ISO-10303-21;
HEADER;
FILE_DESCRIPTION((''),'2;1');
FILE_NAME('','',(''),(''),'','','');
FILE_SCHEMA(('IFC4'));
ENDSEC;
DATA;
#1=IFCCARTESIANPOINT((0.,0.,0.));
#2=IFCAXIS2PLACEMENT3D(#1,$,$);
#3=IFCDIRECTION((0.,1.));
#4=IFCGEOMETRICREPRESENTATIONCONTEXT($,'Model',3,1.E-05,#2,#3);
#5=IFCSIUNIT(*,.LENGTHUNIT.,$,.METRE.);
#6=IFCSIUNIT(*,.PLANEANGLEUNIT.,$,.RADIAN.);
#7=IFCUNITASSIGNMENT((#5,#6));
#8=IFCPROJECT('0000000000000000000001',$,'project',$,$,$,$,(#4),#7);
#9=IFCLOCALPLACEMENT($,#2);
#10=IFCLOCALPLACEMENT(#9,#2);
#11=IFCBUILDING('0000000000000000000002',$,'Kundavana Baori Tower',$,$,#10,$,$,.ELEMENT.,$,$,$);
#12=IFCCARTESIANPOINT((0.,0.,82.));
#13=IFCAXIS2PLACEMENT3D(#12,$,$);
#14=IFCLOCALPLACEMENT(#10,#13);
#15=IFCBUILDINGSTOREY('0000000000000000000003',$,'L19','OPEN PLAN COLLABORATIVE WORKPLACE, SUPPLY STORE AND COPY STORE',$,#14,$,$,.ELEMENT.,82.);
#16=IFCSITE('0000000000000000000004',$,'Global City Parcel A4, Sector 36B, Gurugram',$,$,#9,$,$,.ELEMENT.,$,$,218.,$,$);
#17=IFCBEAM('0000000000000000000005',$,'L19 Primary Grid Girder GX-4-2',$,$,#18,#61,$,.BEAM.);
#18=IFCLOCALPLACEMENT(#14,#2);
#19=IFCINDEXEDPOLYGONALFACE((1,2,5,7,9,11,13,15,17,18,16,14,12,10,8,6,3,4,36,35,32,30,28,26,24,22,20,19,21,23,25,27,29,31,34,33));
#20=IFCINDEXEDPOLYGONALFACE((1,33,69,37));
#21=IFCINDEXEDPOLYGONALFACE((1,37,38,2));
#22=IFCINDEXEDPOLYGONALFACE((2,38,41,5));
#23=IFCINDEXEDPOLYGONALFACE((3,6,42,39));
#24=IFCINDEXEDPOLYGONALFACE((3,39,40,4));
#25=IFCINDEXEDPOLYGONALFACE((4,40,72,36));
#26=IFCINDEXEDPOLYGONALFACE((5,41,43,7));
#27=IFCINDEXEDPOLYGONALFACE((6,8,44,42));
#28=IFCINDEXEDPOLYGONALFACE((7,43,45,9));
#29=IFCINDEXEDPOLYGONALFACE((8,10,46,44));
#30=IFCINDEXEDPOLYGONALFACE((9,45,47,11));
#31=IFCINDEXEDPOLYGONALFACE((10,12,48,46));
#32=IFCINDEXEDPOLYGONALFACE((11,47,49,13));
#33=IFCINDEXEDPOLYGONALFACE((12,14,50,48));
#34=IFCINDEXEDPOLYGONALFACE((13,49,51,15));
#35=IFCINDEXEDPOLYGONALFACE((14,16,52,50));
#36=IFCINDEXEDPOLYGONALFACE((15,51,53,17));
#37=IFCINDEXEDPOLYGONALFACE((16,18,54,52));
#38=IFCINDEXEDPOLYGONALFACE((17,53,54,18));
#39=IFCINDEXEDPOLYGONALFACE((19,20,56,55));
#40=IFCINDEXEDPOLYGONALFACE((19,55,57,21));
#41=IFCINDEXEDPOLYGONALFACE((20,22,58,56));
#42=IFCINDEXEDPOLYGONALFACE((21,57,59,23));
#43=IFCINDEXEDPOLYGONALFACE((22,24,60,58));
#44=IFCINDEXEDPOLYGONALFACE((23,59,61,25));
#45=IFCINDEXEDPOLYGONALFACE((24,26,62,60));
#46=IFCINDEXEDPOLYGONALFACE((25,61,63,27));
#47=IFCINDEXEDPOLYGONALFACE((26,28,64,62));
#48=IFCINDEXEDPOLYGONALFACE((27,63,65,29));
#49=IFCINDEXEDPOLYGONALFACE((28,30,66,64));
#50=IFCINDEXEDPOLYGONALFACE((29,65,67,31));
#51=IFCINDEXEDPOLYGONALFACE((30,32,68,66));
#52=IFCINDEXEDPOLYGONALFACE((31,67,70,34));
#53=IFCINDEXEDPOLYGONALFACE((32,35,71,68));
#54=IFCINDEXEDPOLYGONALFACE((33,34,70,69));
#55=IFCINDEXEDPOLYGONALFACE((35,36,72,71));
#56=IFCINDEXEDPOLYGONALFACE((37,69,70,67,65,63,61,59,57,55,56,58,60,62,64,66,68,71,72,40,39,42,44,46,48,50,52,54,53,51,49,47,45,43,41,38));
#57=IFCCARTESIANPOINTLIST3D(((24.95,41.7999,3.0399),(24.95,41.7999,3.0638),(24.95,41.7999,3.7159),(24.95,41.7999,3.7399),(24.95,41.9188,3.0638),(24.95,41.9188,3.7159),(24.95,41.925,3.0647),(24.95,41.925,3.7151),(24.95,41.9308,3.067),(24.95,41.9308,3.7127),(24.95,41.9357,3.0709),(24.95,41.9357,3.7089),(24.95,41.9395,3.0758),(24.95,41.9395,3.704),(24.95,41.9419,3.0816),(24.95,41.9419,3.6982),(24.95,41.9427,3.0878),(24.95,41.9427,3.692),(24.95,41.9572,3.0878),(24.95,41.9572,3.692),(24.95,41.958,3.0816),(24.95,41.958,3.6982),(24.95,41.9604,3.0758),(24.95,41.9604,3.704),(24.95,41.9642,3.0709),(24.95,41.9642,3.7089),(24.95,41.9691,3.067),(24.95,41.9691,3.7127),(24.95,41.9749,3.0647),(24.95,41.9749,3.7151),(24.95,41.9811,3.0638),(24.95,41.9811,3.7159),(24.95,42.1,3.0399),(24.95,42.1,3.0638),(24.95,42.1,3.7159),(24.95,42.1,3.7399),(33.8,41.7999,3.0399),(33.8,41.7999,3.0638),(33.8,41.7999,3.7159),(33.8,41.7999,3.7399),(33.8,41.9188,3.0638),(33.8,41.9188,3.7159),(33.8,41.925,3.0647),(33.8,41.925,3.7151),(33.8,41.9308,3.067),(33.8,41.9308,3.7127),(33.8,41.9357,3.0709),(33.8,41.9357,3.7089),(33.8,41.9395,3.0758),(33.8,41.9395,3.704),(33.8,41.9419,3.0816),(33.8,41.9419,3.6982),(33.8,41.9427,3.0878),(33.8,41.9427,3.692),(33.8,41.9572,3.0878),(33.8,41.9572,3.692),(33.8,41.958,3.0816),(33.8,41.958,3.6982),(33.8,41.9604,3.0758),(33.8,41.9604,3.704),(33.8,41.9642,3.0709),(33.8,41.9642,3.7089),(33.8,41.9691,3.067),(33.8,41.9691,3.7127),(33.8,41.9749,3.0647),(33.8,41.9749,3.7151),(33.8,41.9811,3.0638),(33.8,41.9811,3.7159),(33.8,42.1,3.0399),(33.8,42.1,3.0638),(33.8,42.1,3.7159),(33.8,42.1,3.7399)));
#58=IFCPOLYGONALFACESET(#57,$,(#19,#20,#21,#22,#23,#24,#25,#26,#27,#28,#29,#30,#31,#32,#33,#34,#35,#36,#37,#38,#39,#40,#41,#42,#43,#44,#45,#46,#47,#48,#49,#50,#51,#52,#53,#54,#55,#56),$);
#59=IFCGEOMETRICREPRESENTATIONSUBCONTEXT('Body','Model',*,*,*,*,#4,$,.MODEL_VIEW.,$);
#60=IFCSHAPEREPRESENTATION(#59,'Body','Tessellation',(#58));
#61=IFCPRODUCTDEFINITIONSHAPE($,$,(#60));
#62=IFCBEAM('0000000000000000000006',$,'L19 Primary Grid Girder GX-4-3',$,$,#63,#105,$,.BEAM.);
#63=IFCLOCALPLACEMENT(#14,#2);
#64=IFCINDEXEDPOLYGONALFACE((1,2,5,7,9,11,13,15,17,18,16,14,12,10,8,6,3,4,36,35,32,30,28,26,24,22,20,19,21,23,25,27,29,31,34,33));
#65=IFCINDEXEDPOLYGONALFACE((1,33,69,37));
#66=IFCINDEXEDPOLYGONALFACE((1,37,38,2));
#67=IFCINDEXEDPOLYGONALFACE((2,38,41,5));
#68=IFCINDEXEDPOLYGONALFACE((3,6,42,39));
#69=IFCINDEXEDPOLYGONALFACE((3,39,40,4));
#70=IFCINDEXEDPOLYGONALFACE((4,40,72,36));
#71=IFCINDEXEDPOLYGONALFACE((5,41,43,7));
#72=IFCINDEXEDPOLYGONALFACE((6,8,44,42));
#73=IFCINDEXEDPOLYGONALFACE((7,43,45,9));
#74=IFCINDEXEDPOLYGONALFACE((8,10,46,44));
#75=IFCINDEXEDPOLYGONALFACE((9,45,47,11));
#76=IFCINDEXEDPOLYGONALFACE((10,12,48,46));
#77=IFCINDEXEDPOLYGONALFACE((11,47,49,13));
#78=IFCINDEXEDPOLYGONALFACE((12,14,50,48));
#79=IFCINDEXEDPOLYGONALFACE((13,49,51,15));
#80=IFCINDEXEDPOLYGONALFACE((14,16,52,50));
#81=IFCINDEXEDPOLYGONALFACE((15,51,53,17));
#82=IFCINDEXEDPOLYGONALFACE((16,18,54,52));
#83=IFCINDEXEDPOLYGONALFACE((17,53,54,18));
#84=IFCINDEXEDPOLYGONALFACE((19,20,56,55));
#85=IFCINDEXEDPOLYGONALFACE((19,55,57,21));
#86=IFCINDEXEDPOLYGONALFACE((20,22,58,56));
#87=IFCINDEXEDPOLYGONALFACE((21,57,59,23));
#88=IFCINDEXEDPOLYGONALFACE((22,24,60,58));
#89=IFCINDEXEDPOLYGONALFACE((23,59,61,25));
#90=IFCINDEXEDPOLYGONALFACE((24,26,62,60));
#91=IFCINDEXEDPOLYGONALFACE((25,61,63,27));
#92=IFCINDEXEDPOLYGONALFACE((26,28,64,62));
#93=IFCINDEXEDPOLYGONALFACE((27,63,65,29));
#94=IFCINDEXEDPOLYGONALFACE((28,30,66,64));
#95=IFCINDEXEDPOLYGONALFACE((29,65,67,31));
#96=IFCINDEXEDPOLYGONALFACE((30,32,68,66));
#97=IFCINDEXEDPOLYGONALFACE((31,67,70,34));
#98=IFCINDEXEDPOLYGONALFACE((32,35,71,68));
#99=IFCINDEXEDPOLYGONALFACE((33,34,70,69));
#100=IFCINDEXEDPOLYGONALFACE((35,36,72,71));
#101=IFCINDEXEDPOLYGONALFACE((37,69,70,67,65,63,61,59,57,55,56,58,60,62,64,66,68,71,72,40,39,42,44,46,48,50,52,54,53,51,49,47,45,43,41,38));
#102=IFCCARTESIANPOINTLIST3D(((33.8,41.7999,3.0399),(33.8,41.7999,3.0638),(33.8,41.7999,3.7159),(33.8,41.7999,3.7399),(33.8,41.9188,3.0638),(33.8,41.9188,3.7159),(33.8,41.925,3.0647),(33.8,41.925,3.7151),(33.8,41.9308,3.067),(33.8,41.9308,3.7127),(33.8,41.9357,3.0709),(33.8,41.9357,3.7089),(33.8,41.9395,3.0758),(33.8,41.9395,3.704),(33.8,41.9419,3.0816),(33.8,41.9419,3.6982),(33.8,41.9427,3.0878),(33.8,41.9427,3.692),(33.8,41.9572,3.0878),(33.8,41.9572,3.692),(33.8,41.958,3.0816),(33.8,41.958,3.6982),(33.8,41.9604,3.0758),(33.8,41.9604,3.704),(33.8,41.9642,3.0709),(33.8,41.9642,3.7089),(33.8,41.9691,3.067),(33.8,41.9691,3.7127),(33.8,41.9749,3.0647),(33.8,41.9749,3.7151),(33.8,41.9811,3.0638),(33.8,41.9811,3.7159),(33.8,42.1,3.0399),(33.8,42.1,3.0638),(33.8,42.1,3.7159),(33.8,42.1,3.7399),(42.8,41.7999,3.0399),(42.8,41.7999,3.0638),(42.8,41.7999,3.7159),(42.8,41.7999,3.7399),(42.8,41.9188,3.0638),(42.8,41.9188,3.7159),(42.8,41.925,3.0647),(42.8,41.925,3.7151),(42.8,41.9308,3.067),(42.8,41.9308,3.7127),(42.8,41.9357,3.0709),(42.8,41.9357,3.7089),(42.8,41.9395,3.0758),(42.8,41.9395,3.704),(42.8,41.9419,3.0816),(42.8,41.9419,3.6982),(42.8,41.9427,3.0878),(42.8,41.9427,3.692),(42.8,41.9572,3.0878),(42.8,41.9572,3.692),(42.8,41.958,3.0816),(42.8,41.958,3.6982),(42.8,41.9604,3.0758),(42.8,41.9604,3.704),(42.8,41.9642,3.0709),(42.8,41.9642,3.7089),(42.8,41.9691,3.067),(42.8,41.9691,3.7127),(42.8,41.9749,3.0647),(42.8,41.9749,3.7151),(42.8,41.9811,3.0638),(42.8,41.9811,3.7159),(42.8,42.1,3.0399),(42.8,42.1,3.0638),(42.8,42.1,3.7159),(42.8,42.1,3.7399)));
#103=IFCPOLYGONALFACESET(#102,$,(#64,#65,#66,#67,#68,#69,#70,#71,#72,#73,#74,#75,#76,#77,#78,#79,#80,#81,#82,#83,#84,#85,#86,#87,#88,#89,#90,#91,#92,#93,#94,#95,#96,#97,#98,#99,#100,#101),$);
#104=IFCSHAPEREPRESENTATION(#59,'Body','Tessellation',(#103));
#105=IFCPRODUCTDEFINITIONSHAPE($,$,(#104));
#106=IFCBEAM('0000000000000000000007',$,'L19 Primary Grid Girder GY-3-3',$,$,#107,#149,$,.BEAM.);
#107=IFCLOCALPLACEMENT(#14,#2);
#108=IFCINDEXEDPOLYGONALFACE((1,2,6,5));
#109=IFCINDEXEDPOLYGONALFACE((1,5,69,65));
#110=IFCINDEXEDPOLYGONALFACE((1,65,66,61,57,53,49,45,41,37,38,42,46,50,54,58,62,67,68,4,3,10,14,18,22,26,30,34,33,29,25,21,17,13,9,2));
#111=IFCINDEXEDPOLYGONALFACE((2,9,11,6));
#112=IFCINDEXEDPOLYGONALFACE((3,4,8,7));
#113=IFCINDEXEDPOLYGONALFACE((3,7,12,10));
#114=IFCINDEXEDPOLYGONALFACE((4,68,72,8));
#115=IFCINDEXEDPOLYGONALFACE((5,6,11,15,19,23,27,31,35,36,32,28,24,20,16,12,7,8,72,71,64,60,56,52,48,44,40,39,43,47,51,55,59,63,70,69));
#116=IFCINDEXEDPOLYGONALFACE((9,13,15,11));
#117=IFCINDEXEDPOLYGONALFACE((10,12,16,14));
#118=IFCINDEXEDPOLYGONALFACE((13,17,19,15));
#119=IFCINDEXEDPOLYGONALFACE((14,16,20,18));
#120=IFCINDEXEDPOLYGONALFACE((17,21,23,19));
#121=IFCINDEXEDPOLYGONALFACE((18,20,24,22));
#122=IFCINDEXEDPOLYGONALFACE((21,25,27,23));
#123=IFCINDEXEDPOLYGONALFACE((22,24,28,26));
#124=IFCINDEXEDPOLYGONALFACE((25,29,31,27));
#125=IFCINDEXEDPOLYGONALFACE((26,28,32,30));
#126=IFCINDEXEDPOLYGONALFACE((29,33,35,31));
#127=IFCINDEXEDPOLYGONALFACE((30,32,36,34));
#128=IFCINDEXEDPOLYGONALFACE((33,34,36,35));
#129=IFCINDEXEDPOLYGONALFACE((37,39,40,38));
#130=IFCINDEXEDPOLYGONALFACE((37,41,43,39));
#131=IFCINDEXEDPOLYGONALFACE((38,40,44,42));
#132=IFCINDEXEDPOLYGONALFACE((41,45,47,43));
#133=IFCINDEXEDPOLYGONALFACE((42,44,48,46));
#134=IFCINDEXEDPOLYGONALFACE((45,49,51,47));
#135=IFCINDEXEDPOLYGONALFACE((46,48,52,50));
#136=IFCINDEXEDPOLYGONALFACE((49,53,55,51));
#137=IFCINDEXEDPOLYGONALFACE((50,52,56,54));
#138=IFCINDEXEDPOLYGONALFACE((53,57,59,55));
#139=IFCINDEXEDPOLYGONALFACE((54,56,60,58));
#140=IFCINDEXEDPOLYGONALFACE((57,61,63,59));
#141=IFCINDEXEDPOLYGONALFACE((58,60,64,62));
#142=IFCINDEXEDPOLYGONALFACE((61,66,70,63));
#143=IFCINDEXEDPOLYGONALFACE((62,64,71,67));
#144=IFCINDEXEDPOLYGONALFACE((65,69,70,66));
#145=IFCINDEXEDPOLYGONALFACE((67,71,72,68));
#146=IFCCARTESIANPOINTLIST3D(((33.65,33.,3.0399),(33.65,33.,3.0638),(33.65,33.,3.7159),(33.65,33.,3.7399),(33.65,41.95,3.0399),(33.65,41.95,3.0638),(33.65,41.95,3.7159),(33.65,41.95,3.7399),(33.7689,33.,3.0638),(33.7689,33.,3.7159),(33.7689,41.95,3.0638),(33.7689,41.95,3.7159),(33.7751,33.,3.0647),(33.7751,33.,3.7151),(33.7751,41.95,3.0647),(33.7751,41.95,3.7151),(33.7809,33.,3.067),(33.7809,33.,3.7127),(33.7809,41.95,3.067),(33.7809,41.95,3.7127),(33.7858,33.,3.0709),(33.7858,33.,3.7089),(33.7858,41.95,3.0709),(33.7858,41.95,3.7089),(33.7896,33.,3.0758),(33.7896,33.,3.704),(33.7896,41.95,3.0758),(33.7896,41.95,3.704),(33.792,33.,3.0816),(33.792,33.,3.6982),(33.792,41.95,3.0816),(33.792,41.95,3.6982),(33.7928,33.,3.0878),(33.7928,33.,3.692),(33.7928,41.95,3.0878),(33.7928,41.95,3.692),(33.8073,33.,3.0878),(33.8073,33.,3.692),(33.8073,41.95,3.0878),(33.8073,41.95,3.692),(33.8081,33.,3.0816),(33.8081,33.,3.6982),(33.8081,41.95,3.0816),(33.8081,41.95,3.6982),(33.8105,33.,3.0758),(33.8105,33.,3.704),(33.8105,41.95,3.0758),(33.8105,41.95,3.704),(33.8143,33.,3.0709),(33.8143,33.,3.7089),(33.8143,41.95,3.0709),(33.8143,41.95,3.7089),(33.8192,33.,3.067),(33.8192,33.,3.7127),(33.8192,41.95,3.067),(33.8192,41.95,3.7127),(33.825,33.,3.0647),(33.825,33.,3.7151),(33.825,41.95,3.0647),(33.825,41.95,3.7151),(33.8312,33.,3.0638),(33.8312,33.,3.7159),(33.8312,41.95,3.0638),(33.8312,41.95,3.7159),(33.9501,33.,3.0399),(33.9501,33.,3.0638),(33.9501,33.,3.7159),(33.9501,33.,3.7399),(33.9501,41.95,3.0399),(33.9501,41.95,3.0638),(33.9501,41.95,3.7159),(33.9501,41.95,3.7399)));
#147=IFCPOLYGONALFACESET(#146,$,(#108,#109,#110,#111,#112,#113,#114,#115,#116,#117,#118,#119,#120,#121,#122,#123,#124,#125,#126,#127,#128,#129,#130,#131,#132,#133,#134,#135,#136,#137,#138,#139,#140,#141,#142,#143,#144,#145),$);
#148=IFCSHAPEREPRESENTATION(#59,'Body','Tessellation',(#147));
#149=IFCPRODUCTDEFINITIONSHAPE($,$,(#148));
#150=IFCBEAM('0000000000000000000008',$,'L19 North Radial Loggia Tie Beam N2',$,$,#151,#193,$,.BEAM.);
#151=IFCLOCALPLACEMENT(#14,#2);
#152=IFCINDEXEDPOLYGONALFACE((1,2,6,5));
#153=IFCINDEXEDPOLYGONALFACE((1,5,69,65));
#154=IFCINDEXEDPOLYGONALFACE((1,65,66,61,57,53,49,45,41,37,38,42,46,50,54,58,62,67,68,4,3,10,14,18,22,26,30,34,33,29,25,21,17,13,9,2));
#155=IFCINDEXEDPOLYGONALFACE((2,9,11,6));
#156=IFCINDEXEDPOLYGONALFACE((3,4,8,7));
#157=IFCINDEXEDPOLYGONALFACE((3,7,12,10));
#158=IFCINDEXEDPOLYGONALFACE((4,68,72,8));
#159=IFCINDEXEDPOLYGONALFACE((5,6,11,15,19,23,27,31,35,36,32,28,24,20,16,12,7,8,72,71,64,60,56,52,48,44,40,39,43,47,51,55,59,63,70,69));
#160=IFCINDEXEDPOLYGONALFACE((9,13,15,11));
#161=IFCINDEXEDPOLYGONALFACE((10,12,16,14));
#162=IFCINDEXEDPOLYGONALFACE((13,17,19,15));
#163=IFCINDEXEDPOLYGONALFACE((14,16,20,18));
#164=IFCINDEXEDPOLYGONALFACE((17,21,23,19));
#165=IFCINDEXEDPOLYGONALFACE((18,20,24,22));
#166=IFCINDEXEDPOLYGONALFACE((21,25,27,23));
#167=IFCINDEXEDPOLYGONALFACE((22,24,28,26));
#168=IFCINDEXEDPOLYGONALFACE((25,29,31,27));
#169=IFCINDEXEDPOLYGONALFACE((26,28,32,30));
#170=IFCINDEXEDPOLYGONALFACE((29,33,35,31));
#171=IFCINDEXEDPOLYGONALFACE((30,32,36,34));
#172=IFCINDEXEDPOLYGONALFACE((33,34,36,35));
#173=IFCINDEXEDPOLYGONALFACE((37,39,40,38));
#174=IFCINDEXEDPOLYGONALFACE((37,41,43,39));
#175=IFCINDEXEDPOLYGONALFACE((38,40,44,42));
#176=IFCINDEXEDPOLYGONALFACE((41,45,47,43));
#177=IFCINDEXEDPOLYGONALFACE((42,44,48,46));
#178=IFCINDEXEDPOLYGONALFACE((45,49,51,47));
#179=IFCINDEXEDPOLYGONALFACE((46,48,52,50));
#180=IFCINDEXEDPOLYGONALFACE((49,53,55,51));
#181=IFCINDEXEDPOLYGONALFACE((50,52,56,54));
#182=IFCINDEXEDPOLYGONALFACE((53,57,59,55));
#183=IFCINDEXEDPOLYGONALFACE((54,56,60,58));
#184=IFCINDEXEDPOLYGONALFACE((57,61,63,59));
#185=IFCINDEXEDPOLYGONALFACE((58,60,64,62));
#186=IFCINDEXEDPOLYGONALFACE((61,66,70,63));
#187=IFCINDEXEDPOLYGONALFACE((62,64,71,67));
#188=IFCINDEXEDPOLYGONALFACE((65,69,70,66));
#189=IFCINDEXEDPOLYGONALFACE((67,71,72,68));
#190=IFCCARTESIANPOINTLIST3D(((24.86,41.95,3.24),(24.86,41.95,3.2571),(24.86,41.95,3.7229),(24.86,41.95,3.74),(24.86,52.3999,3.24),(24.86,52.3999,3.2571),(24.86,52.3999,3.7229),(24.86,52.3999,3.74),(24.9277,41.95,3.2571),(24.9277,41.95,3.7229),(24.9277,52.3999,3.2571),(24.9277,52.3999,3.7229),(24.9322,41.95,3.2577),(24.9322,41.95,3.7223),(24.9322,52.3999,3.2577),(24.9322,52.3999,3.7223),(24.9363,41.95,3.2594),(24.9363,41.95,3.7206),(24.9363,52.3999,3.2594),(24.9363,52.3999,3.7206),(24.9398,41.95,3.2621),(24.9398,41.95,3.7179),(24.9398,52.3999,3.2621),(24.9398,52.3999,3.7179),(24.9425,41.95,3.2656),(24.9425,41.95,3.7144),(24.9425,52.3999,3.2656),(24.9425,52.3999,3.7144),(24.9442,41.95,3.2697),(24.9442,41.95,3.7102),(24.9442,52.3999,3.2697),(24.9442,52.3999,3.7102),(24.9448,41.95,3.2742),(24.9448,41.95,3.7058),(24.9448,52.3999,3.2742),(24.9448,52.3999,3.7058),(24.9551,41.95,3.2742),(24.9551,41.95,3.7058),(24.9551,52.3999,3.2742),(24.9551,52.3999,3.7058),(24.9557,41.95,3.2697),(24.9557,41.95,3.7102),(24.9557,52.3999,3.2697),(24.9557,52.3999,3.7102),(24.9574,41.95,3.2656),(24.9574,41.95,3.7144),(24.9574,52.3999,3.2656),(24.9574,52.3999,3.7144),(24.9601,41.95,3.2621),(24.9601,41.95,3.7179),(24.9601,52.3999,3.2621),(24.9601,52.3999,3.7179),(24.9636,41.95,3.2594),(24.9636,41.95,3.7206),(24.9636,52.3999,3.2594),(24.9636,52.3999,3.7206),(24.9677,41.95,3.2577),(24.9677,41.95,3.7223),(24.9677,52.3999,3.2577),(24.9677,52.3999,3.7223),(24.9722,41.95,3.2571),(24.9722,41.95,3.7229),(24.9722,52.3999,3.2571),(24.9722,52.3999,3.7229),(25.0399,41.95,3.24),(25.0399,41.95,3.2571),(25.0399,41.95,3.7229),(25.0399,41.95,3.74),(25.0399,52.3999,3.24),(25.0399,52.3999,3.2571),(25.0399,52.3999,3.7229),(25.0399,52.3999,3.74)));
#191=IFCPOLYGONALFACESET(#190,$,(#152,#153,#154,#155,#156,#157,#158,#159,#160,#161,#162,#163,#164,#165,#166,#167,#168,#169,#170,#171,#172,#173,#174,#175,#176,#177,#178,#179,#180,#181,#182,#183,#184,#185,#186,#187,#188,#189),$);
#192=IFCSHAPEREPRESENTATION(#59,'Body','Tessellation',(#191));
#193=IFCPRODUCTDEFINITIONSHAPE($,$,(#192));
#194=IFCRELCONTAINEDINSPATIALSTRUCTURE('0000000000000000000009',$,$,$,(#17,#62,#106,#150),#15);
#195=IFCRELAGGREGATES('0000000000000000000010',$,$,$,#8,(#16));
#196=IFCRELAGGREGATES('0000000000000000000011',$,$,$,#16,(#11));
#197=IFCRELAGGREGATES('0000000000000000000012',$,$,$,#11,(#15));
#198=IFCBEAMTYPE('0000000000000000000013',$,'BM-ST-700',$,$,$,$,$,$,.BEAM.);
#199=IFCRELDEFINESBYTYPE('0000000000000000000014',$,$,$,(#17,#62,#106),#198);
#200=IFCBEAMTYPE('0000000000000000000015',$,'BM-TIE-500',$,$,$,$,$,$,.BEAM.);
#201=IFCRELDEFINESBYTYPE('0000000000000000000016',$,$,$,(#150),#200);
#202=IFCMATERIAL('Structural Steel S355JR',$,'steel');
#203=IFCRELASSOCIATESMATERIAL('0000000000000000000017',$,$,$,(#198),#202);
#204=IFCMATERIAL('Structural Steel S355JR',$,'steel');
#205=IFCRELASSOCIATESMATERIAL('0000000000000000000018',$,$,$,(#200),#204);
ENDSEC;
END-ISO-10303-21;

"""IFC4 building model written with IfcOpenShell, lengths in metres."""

from ifc_helpers import new_model, si_unit, direction, frame, origin, origin_2d, place, context, subcontext, project, spatial, i_section, extrude, material, material_profile, profile_set, type_object, element, save


model = new_model("IFC4")

# Units and contexts
model_context = context("Model", 3, precision=1e-05, world=origin(), true_north=direction((0.0, 1.0)))
body_context = subcontext(model_context, "Body", "Model", "MODEL_VIEW")
ifc_project = project(units=[si_unit("LENGTHUNIT", "METRE"), si_unit("PLANEANGLEUNIT", "RADIAN")], contexts=[model_context])

# Site, building, storey
site_placement = place(None, origin())
site = spatial("IfcSite", under=ifc_project, at=site_placement, Name="Global City Parcel A4, Sector 36B, Gurugram", CompositionType="ELEMENT", RefElevation=218.0)
building_placement = place(site_placement, origin())
building = spatial("IfcBuilding", under=site, at=building_placement, Name="Kundavana Baori Tower", CompositionType="ELEMENT")
storey_placement = place(building_placement, frame((0.0, 0.0, 82.0)))
storey = spatial("IfcBuildingStorey", under=building, at=storey_placement, Name="L19", Description="OPEN PLAN COLLABORATIVE WORKPLACE, SUPPLY STORE AND COPY STORE", CompositionType="ELEMENT", Elevation=82.0)

# Beams
ifc_material_1 = material(Name="Structural Steel S355JR", Category="steel")
ifc_material_profile_1 = material_profile(ifc_material_1, i_section(OverallWidth=0.3, OverallDepth=0.7, WebThickness=0.0144, FlangeThickness=0.0239, FilletRadius=0.0239, at=origin_2d()), Name="NPB 700x300x170")
ifc_profile_set_1 = profile_set([ifc_material_profile_1], Name="Structural Steel S355JR")
beam_type_1 = type_object("IfcBeamType", Name="BM-ST-700", PredefinedType="BEAM", material=ifc_profile_set_1)
for number, where, z_axis, x_axis, name in (
    (1, (24.95, 41.95, 3.3899), (1.0, 0.0, 0.0), (0.0, 1.0, 0.0), "L19 Primary Grid Girder GX-4-2"),
):
    element("IfcBeam", number, at=place(storey_placement, frame(where, z_axis=z_axis, x_axis=x_axis)), inside=storey, type_object=beam_type_1, Name=name, PredefinedType="BEAM", context=body_context, shape_type="SweptSolid", body=[
        extrude(i_section(OverallWidth=0.3, OverallDepth=0.7, WebThickness=0.0144, FlangeThickness=0.0239, FilletRadius=0.0239, at=origin_2d()), origin(), (0.0, 0.0, 1.0), 8.8501),
    ])
beam_1_placement = place(storey_placement, frame((33.8, 41.95, 3.3899), z_axis=(1.0, 0.0, 0.0), x_axis=(0.0, 1.0, 0.0)))
element("IfcBeam", 2, at=beam_1_placement, inside=storey, type_object=beam_type_1, Name="L19 Primary Grid Girder GX-4-3", PredefinedType="BEAM", context=body_context, shape_type="SweptSolid", body=[
    extrude(i_section(OverallWidth=0.3, OverallDepth=0.7, WebThickness=0.0144, FlangeThickness=0.0239, FilletRadius=0.0239, at=origin_2d()), origin(), (0.0, 0.0, 1.0), 9.0),
])
beam_2_placement = place(storey_placement, frame((33.8, 33.0, 3.3899), z_axis=(0.0, 1.0, 0.0), x_axis=(-1.0, 0.0, 0.0)))
element("IfcBeam", 3, at=beam_2_placement, inside=storey, type_object=beam_type_1, Name="L19 Primary Grid Girder GY-3-3", PredefinedType="BEAM", context=body_context, shape_type="SweptSolid", body=[
    extrude(i_section(OverallWidth=0.3, OverallDepth=0.7, WebThickness=0.0144, FlangeThickness=0.0239, FilletRadius=0.0239, at=origin_2d()), origin(), (0.0, 0.0, 1.0), 8.95),
])
ifc_material_2 = material(Name="Structural Steel S355JR", Category="steel")
ifc_material_profile_2 = material_profile(ifc_material_2, i_section(OverallWidth=0.1799, OverallDepth=0.5, WebThickness=0.0103, FlangeThickness=0.0171, FilletRadius=0.0171, at=origin_2d()), Name="ISMB 500")
ifc_profile_set_2 = profile_set([ifc_material_profile_2], Name="Structural Steel S355JR")
beam_type_2 = type_object("IfcBeamType", Name="BM-TIE-500", PredefinedType="BEAM", material=ifc_profile_set_2)
for number, where, z_axis, x_axis, name in (
    (4, (24.95, 41.95, 3.49), (0.0, 1.0, 0.0), (-1.0, 0.0, 0.0), "L19 North Radial Loggia Tie Beam N2"),
):
    element("IfcBeam", number, at=place(storey_placement, frame(where, z_axis=z_axis, x_axis=x_axis)), inside=storey, type_object=beam_type_2, Name=name, PredefinedType="BEAM", context=body_context, shape_type="SweptSolid", body=[
        extrude(i_section(OverallWidth=0.1799, OverallDepth=0.5, WebThickness=0.0103, FlangeThickness=0.0171, FilletRadius=0.0171, at=origin_2d()), origin(), (0.0, 0.0, 1.0), 10.45),
    ])

save(model, "model.ifc")
